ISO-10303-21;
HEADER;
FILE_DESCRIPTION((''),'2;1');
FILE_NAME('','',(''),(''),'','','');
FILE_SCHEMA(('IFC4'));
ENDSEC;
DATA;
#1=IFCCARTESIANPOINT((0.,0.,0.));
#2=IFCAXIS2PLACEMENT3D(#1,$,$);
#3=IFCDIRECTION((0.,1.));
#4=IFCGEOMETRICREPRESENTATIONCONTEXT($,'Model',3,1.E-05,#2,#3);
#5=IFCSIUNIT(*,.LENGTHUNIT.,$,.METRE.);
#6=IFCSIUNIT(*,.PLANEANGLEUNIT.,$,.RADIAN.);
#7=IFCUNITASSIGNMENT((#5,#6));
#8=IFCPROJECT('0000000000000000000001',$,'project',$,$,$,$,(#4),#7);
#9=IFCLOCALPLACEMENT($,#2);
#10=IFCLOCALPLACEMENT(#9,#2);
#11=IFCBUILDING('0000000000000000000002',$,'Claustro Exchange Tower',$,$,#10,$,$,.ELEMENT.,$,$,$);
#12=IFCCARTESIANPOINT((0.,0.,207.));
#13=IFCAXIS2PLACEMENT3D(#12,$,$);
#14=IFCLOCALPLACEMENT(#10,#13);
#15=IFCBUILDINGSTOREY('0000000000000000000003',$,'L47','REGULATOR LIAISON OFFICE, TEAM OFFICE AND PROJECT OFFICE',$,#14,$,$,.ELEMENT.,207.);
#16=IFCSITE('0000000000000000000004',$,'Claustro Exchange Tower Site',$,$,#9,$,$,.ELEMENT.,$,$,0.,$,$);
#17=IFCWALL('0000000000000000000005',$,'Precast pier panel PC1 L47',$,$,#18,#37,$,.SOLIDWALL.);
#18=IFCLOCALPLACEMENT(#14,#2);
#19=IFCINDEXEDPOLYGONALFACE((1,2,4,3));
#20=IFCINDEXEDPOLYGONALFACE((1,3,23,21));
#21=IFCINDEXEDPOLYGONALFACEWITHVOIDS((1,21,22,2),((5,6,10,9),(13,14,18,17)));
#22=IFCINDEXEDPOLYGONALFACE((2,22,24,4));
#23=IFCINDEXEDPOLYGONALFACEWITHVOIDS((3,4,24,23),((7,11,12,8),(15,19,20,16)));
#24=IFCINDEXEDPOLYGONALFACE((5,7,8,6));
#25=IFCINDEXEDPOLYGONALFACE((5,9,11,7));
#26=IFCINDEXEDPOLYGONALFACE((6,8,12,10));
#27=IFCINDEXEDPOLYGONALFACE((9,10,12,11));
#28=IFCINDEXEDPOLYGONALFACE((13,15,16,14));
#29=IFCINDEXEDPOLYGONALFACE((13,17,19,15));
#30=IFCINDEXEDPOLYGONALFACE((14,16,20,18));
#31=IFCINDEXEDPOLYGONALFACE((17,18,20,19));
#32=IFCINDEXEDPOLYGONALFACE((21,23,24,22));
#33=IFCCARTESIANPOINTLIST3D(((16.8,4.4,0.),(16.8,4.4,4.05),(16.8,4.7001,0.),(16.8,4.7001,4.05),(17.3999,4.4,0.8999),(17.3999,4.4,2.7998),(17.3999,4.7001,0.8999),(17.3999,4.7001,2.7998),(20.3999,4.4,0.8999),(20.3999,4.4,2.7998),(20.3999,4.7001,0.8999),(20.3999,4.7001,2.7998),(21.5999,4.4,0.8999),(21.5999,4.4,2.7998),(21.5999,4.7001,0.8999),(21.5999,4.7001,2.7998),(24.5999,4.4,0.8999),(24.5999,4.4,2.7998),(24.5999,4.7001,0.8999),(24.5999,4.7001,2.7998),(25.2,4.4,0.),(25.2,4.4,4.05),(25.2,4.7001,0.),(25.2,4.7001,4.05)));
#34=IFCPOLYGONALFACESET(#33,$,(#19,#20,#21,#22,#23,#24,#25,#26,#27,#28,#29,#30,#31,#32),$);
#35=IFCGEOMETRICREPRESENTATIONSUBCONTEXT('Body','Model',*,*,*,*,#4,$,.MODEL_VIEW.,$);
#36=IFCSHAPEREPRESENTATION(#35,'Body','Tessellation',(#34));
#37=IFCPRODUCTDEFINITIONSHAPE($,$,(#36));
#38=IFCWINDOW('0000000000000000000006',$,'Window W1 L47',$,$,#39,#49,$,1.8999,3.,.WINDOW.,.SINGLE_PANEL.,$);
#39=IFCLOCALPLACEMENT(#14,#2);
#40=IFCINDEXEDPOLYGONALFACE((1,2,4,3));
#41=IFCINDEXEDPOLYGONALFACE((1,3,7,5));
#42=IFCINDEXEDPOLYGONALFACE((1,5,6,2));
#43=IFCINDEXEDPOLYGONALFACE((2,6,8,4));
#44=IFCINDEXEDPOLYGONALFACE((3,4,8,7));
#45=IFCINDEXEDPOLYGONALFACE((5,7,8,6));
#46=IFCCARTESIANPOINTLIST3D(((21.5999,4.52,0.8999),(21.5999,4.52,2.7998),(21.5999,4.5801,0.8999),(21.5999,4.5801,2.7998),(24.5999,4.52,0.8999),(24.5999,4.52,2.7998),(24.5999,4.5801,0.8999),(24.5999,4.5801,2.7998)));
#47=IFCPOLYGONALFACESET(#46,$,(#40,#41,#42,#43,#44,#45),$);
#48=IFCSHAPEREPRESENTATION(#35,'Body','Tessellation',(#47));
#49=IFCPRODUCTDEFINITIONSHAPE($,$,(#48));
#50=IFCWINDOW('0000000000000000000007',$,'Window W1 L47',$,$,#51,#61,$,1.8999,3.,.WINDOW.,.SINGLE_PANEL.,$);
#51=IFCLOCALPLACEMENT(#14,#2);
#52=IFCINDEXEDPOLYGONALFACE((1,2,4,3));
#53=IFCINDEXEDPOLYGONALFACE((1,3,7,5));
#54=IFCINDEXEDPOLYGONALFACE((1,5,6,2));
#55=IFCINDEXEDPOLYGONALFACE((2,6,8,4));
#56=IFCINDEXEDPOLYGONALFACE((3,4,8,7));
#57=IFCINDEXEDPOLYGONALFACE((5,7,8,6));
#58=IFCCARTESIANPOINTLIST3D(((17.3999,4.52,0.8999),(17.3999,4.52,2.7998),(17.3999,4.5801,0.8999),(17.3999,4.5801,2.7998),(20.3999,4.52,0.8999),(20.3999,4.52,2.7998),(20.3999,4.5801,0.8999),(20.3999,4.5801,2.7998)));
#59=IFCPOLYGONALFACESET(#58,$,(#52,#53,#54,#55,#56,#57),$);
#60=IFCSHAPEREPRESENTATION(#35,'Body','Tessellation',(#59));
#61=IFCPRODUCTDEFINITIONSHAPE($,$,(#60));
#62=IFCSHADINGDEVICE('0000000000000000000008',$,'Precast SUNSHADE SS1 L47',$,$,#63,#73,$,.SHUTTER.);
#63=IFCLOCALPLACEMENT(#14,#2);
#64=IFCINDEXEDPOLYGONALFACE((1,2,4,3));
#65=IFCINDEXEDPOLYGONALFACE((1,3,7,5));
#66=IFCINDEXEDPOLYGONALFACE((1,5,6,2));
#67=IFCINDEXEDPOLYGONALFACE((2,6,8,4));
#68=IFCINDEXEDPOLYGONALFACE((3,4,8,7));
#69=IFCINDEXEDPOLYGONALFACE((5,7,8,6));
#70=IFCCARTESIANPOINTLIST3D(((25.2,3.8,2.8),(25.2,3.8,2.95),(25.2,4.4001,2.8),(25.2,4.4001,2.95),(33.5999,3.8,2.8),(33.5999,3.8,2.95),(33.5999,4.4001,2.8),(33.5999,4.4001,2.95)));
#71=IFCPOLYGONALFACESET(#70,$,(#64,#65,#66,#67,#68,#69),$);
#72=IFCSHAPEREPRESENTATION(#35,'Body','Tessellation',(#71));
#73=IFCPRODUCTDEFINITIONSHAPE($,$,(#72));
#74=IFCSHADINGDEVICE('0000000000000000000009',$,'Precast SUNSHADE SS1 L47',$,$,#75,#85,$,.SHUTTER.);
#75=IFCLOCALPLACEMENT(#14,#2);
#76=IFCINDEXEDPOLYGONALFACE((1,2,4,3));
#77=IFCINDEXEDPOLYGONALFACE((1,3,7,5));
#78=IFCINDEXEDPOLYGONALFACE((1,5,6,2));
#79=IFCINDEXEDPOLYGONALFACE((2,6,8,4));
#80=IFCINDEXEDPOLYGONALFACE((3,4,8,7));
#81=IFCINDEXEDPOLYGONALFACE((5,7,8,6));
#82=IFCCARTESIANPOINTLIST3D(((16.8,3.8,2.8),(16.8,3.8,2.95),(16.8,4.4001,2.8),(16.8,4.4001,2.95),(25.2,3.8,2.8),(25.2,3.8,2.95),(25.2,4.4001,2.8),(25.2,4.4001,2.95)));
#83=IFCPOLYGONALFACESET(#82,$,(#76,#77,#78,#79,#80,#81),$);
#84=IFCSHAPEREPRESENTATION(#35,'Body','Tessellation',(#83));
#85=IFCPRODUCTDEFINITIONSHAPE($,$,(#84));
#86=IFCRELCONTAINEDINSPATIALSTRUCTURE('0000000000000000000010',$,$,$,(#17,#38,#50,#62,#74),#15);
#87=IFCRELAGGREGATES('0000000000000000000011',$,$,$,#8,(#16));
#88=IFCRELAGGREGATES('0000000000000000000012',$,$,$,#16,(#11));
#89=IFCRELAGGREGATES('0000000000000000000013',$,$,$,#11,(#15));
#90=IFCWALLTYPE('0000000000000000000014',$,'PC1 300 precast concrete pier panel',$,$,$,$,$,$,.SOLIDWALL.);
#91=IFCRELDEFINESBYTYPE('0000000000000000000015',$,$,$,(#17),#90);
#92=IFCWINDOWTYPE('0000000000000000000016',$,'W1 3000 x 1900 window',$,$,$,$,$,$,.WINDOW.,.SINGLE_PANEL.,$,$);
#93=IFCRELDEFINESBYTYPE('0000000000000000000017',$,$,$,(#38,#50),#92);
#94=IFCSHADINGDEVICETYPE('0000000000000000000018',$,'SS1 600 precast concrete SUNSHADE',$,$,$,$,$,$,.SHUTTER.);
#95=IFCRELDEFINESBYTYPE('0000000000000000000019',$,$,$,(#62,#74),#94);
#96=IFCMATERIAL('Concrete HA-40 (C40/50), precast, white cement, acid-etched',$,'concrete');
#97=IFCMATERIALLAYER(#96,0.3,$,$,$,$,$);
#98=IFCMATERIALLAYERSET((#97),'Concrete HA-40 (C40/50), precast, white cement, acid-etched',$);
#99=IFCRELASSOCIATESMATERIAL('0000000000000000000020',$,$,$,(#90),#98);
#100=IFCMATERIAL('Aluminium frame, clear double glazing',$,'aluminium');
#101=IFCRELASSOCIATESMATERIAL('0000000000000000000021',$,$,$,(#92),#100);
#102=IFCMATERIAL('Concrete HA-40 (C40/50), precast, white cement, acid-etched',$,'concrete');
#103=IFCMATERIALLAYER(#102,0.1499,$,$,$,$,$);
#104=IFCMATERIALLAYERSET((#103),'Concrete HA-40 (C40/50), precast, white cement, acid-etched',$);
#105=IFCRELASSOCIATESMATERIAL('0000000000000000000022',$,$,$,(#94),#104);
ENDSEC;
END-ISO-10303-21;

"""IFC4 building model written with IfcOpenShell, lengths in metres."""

from ifc_helpers import new_model, si_unit, direction, frame, frame_2d, origin, origin_2d, place, context, subcontext, project, spatial, rectangle, extrude, material, layer, layer_set, type_object, element, fill, save


model = new_model("IFC4")

# Units and contexts
model_context = context("Model", 3, precision=1e-05, world=origin(), true_north=direction((0.0, 1.0)))
body_context = subcontext(model_context, "Body", "Model", "MODEL_VIEW")
ifc_project = project(units=[si_unit("LENGTHUNIT", "METRE"), si_unit("PLANEANGLEUNIT", "RADIAN")], contexts=[model_context])

# Site, building, storey
site_placement = place(None, origin())
site = spatial("IfcSite", under=ifc_project, at=site_placement, Name="Claustro Exchange Tower Site", CompositionType="ELEMENT", RefElevation=0.0)
building_placement = place(site_placement, origin())
building = spatial("IfcBuilding", under=site, at=building_placement, Name="Claustro Exchange Tower", CompositionType="ELEMENT")
storey_placement = place(building_placement, frame((0.0, 0.0, 207.0)))
storey = spatial("IfcBuildingStorey", under=building, at=storey_placement, Name="L47", Description="REGULATOR LIAISON OFFICE, TEAM OFFICE AND PROJECT OFFICE", CompositionType="ELEMENT", Elevation=207.0)

# Wall, openings, windows
ifc_material_1 = material(Name="Concrete HA-40 (C40/50), precast, white cement, acid-etched", Category="concrete")
ifc_layer_1 = layer(ifc_material_1, 0.3)
ifc_layer_set_1 = layer_set([ifc_layer_1], Name="Concrete HA-40 (C40/50), precast, white cement, acid-etched")
wall_type_1 = type_object("IfcWallType", Name="PC1 300 precast concrete pier panel", PredefinedType="SOLIDWALL", material=ifc_layer_set_1)
ifc_material_2 = material(Name="Aluminium frame, clear double glazing", Category="aluminium")
window_type = type_object("IfcWindowType", Name="W1 3000 x 1900 window", PartitioningType="SINGLE_PANEL", PredefinedType="WINDOW", material=ifc_material_2)
wall_1_placement = place(storey_placement, frame((25.2, 4.55, 0.0), z_axis=(0.0, 0.0, 1.0), x_axis=(-1.0, 0.0, 0.0)))
wall_1 = element("IfcWall", 1, at=wall_1_placement, inside=storey, type_object=wall_type_1, Name="Precast pier panel PC1 L47", PredefinedType="SOLIDWALL", context=body_context, shape_type="SweptSolid", body=[
    extrude(rectangle(XDim=8.3999, YDim=0.3, at=frame_2d((4.2, 0.0))), origin(), (0.0, 0.0, 1.0), 4.05),
])
opening_1_placement = place(wall_1_placement, frame((0.6001, 0.0, 0.8999)))
opening_1 = element("IfcOpeningElement", 2, at=opening_1_placement, cuts=wall_1, PredefinedType="OPENING", context=body_context, shape_type="SweptSolid", body=[
    extrude(rectangle(XDim=3.0, YDim=1.8999, at=frame_2d((1.5, 0.95))), frame((0.0, 0.1599, 0.0), z_axis=(0.0, -1.0, 0.0), x_axis=(1.0, 0.0, 0.0)), (0.0, 0.0, 1.0), 0.3201),
])
opening_2_placement = place(wall_1_placement, frame((4.8, 0.0, 0.8999)))
opening_2 = element("IfcOpeningElement", 3, at=opening_2_placement, cuts=wall_1, PredefinedType="OPENING", context=body_context, shape_type="SweptSolid", body=[
    extrude(rectangle(XDim=3.0, YDim=1.8999, at=frame_2d((1.5, 0.95))), frame((0.0, 0.1599, 0.0), z_axis=(0.0, -1.0, 0.0), x_axis=(1.0, 0.0, 0.0)), (0.0, 0.0, 1.0), 0.3201),
])
window_1_placement = place(opening_1_placement, origin())
window_1 = element("IfcWindow", 4, at=window_1_placement, inside=storey, type_object=window_type, Name="Window W1 L47", OverallHeight=1.8999, OverallWidth=3.0, PartitioningType="SINGLE_PANEL", PredefinedType="WINDOW", context=body_context, shape_type="SweptSolid", body=[
    extrude(rectangle(XDim=3.0, YDim=1.8999, at=frame_2d((1.5, 0.95))), frame((0.0, 0.03, 0.0), z_axis=(0.0, -1.0, 0.0), x_axis=(1.0, 0.0, 0.0)), (0.0, 0.0, 1.0), 0.0601),
])
fill(opening_1, window_1)
window_2_placement = place(opening_2_placement, origin())
window_2 = element("IfcWindow", 5, at=window_2_placement, inside=storey, type_object=window_type, Name="Window W1 L47", OverallHeight=1.8999, OverallWidth=3.0, PartitioningType="SINGLE_PANEL", PredefinedType="WINDOW", context=body_context, shape_type="SweptSolid", body=[
    extrude(rectangle(XDim=3.0, YDim=1.8999, at=frame_2d((1.5, 0.95))), frame((0.0, 0.03, 0.0), z_axis=(0.0, -1.0, 0.0), x_axis=(1.0, 0.0, 0.0)), (0.0, 0.0, 1.0), 0.0601),
])
fill(opening_2, window_2)

# Shading devices
ifc_material_3 = material(Name="Concrete HA-40 (C40/50), precast, white cement, acid-etched", Category="concrete")
ifc_layer_2 = layer(ifc_material_3, 0.1499)
ifc_layer_set_2 = layer_set([ifc_layer_2], Name="Concrete HA-40 (C40/50), precast, white cement, acid-etched")
shading_device_type = type_object("IfcShadingDeviceType", Name="SS1 600 precast concrete SUNSHADE", PredefinedType="SHUTTER", material=ifc_layer_set_2)
for number, where, z_axis, x_axis, name in (
    (6, (29.3999, 4.1001, 2.8), (0.0, 0.0, 1.0), (-1.0, 0.0, 0.0), "Precast SUNSHADE SS1 L47"),
    (7, (21.0, 4.1001, 2.8), (0.0, 0.0, 1.0), (-1.0, 0.0, 0.0), "Precast SUNSHADE SS1 L47"),
):
    element("IfcShadingDevice", number, at=place(storey_placement, frame(where, z_axis=z_axis, x_axis=x_axis)), inside=storey, type_object=shading_device_type, Name=name, PredefinedType="SHUTTER", context=body_context, shape_type="SweptSolid", body=[
        extrude(rectangle(XDim=8.3999, YDim=0.6001, at=origin_2d()), origin(), (0.0, 0.0, 1.0), 0.1499),
    ])

save(model, "model.ifc")
